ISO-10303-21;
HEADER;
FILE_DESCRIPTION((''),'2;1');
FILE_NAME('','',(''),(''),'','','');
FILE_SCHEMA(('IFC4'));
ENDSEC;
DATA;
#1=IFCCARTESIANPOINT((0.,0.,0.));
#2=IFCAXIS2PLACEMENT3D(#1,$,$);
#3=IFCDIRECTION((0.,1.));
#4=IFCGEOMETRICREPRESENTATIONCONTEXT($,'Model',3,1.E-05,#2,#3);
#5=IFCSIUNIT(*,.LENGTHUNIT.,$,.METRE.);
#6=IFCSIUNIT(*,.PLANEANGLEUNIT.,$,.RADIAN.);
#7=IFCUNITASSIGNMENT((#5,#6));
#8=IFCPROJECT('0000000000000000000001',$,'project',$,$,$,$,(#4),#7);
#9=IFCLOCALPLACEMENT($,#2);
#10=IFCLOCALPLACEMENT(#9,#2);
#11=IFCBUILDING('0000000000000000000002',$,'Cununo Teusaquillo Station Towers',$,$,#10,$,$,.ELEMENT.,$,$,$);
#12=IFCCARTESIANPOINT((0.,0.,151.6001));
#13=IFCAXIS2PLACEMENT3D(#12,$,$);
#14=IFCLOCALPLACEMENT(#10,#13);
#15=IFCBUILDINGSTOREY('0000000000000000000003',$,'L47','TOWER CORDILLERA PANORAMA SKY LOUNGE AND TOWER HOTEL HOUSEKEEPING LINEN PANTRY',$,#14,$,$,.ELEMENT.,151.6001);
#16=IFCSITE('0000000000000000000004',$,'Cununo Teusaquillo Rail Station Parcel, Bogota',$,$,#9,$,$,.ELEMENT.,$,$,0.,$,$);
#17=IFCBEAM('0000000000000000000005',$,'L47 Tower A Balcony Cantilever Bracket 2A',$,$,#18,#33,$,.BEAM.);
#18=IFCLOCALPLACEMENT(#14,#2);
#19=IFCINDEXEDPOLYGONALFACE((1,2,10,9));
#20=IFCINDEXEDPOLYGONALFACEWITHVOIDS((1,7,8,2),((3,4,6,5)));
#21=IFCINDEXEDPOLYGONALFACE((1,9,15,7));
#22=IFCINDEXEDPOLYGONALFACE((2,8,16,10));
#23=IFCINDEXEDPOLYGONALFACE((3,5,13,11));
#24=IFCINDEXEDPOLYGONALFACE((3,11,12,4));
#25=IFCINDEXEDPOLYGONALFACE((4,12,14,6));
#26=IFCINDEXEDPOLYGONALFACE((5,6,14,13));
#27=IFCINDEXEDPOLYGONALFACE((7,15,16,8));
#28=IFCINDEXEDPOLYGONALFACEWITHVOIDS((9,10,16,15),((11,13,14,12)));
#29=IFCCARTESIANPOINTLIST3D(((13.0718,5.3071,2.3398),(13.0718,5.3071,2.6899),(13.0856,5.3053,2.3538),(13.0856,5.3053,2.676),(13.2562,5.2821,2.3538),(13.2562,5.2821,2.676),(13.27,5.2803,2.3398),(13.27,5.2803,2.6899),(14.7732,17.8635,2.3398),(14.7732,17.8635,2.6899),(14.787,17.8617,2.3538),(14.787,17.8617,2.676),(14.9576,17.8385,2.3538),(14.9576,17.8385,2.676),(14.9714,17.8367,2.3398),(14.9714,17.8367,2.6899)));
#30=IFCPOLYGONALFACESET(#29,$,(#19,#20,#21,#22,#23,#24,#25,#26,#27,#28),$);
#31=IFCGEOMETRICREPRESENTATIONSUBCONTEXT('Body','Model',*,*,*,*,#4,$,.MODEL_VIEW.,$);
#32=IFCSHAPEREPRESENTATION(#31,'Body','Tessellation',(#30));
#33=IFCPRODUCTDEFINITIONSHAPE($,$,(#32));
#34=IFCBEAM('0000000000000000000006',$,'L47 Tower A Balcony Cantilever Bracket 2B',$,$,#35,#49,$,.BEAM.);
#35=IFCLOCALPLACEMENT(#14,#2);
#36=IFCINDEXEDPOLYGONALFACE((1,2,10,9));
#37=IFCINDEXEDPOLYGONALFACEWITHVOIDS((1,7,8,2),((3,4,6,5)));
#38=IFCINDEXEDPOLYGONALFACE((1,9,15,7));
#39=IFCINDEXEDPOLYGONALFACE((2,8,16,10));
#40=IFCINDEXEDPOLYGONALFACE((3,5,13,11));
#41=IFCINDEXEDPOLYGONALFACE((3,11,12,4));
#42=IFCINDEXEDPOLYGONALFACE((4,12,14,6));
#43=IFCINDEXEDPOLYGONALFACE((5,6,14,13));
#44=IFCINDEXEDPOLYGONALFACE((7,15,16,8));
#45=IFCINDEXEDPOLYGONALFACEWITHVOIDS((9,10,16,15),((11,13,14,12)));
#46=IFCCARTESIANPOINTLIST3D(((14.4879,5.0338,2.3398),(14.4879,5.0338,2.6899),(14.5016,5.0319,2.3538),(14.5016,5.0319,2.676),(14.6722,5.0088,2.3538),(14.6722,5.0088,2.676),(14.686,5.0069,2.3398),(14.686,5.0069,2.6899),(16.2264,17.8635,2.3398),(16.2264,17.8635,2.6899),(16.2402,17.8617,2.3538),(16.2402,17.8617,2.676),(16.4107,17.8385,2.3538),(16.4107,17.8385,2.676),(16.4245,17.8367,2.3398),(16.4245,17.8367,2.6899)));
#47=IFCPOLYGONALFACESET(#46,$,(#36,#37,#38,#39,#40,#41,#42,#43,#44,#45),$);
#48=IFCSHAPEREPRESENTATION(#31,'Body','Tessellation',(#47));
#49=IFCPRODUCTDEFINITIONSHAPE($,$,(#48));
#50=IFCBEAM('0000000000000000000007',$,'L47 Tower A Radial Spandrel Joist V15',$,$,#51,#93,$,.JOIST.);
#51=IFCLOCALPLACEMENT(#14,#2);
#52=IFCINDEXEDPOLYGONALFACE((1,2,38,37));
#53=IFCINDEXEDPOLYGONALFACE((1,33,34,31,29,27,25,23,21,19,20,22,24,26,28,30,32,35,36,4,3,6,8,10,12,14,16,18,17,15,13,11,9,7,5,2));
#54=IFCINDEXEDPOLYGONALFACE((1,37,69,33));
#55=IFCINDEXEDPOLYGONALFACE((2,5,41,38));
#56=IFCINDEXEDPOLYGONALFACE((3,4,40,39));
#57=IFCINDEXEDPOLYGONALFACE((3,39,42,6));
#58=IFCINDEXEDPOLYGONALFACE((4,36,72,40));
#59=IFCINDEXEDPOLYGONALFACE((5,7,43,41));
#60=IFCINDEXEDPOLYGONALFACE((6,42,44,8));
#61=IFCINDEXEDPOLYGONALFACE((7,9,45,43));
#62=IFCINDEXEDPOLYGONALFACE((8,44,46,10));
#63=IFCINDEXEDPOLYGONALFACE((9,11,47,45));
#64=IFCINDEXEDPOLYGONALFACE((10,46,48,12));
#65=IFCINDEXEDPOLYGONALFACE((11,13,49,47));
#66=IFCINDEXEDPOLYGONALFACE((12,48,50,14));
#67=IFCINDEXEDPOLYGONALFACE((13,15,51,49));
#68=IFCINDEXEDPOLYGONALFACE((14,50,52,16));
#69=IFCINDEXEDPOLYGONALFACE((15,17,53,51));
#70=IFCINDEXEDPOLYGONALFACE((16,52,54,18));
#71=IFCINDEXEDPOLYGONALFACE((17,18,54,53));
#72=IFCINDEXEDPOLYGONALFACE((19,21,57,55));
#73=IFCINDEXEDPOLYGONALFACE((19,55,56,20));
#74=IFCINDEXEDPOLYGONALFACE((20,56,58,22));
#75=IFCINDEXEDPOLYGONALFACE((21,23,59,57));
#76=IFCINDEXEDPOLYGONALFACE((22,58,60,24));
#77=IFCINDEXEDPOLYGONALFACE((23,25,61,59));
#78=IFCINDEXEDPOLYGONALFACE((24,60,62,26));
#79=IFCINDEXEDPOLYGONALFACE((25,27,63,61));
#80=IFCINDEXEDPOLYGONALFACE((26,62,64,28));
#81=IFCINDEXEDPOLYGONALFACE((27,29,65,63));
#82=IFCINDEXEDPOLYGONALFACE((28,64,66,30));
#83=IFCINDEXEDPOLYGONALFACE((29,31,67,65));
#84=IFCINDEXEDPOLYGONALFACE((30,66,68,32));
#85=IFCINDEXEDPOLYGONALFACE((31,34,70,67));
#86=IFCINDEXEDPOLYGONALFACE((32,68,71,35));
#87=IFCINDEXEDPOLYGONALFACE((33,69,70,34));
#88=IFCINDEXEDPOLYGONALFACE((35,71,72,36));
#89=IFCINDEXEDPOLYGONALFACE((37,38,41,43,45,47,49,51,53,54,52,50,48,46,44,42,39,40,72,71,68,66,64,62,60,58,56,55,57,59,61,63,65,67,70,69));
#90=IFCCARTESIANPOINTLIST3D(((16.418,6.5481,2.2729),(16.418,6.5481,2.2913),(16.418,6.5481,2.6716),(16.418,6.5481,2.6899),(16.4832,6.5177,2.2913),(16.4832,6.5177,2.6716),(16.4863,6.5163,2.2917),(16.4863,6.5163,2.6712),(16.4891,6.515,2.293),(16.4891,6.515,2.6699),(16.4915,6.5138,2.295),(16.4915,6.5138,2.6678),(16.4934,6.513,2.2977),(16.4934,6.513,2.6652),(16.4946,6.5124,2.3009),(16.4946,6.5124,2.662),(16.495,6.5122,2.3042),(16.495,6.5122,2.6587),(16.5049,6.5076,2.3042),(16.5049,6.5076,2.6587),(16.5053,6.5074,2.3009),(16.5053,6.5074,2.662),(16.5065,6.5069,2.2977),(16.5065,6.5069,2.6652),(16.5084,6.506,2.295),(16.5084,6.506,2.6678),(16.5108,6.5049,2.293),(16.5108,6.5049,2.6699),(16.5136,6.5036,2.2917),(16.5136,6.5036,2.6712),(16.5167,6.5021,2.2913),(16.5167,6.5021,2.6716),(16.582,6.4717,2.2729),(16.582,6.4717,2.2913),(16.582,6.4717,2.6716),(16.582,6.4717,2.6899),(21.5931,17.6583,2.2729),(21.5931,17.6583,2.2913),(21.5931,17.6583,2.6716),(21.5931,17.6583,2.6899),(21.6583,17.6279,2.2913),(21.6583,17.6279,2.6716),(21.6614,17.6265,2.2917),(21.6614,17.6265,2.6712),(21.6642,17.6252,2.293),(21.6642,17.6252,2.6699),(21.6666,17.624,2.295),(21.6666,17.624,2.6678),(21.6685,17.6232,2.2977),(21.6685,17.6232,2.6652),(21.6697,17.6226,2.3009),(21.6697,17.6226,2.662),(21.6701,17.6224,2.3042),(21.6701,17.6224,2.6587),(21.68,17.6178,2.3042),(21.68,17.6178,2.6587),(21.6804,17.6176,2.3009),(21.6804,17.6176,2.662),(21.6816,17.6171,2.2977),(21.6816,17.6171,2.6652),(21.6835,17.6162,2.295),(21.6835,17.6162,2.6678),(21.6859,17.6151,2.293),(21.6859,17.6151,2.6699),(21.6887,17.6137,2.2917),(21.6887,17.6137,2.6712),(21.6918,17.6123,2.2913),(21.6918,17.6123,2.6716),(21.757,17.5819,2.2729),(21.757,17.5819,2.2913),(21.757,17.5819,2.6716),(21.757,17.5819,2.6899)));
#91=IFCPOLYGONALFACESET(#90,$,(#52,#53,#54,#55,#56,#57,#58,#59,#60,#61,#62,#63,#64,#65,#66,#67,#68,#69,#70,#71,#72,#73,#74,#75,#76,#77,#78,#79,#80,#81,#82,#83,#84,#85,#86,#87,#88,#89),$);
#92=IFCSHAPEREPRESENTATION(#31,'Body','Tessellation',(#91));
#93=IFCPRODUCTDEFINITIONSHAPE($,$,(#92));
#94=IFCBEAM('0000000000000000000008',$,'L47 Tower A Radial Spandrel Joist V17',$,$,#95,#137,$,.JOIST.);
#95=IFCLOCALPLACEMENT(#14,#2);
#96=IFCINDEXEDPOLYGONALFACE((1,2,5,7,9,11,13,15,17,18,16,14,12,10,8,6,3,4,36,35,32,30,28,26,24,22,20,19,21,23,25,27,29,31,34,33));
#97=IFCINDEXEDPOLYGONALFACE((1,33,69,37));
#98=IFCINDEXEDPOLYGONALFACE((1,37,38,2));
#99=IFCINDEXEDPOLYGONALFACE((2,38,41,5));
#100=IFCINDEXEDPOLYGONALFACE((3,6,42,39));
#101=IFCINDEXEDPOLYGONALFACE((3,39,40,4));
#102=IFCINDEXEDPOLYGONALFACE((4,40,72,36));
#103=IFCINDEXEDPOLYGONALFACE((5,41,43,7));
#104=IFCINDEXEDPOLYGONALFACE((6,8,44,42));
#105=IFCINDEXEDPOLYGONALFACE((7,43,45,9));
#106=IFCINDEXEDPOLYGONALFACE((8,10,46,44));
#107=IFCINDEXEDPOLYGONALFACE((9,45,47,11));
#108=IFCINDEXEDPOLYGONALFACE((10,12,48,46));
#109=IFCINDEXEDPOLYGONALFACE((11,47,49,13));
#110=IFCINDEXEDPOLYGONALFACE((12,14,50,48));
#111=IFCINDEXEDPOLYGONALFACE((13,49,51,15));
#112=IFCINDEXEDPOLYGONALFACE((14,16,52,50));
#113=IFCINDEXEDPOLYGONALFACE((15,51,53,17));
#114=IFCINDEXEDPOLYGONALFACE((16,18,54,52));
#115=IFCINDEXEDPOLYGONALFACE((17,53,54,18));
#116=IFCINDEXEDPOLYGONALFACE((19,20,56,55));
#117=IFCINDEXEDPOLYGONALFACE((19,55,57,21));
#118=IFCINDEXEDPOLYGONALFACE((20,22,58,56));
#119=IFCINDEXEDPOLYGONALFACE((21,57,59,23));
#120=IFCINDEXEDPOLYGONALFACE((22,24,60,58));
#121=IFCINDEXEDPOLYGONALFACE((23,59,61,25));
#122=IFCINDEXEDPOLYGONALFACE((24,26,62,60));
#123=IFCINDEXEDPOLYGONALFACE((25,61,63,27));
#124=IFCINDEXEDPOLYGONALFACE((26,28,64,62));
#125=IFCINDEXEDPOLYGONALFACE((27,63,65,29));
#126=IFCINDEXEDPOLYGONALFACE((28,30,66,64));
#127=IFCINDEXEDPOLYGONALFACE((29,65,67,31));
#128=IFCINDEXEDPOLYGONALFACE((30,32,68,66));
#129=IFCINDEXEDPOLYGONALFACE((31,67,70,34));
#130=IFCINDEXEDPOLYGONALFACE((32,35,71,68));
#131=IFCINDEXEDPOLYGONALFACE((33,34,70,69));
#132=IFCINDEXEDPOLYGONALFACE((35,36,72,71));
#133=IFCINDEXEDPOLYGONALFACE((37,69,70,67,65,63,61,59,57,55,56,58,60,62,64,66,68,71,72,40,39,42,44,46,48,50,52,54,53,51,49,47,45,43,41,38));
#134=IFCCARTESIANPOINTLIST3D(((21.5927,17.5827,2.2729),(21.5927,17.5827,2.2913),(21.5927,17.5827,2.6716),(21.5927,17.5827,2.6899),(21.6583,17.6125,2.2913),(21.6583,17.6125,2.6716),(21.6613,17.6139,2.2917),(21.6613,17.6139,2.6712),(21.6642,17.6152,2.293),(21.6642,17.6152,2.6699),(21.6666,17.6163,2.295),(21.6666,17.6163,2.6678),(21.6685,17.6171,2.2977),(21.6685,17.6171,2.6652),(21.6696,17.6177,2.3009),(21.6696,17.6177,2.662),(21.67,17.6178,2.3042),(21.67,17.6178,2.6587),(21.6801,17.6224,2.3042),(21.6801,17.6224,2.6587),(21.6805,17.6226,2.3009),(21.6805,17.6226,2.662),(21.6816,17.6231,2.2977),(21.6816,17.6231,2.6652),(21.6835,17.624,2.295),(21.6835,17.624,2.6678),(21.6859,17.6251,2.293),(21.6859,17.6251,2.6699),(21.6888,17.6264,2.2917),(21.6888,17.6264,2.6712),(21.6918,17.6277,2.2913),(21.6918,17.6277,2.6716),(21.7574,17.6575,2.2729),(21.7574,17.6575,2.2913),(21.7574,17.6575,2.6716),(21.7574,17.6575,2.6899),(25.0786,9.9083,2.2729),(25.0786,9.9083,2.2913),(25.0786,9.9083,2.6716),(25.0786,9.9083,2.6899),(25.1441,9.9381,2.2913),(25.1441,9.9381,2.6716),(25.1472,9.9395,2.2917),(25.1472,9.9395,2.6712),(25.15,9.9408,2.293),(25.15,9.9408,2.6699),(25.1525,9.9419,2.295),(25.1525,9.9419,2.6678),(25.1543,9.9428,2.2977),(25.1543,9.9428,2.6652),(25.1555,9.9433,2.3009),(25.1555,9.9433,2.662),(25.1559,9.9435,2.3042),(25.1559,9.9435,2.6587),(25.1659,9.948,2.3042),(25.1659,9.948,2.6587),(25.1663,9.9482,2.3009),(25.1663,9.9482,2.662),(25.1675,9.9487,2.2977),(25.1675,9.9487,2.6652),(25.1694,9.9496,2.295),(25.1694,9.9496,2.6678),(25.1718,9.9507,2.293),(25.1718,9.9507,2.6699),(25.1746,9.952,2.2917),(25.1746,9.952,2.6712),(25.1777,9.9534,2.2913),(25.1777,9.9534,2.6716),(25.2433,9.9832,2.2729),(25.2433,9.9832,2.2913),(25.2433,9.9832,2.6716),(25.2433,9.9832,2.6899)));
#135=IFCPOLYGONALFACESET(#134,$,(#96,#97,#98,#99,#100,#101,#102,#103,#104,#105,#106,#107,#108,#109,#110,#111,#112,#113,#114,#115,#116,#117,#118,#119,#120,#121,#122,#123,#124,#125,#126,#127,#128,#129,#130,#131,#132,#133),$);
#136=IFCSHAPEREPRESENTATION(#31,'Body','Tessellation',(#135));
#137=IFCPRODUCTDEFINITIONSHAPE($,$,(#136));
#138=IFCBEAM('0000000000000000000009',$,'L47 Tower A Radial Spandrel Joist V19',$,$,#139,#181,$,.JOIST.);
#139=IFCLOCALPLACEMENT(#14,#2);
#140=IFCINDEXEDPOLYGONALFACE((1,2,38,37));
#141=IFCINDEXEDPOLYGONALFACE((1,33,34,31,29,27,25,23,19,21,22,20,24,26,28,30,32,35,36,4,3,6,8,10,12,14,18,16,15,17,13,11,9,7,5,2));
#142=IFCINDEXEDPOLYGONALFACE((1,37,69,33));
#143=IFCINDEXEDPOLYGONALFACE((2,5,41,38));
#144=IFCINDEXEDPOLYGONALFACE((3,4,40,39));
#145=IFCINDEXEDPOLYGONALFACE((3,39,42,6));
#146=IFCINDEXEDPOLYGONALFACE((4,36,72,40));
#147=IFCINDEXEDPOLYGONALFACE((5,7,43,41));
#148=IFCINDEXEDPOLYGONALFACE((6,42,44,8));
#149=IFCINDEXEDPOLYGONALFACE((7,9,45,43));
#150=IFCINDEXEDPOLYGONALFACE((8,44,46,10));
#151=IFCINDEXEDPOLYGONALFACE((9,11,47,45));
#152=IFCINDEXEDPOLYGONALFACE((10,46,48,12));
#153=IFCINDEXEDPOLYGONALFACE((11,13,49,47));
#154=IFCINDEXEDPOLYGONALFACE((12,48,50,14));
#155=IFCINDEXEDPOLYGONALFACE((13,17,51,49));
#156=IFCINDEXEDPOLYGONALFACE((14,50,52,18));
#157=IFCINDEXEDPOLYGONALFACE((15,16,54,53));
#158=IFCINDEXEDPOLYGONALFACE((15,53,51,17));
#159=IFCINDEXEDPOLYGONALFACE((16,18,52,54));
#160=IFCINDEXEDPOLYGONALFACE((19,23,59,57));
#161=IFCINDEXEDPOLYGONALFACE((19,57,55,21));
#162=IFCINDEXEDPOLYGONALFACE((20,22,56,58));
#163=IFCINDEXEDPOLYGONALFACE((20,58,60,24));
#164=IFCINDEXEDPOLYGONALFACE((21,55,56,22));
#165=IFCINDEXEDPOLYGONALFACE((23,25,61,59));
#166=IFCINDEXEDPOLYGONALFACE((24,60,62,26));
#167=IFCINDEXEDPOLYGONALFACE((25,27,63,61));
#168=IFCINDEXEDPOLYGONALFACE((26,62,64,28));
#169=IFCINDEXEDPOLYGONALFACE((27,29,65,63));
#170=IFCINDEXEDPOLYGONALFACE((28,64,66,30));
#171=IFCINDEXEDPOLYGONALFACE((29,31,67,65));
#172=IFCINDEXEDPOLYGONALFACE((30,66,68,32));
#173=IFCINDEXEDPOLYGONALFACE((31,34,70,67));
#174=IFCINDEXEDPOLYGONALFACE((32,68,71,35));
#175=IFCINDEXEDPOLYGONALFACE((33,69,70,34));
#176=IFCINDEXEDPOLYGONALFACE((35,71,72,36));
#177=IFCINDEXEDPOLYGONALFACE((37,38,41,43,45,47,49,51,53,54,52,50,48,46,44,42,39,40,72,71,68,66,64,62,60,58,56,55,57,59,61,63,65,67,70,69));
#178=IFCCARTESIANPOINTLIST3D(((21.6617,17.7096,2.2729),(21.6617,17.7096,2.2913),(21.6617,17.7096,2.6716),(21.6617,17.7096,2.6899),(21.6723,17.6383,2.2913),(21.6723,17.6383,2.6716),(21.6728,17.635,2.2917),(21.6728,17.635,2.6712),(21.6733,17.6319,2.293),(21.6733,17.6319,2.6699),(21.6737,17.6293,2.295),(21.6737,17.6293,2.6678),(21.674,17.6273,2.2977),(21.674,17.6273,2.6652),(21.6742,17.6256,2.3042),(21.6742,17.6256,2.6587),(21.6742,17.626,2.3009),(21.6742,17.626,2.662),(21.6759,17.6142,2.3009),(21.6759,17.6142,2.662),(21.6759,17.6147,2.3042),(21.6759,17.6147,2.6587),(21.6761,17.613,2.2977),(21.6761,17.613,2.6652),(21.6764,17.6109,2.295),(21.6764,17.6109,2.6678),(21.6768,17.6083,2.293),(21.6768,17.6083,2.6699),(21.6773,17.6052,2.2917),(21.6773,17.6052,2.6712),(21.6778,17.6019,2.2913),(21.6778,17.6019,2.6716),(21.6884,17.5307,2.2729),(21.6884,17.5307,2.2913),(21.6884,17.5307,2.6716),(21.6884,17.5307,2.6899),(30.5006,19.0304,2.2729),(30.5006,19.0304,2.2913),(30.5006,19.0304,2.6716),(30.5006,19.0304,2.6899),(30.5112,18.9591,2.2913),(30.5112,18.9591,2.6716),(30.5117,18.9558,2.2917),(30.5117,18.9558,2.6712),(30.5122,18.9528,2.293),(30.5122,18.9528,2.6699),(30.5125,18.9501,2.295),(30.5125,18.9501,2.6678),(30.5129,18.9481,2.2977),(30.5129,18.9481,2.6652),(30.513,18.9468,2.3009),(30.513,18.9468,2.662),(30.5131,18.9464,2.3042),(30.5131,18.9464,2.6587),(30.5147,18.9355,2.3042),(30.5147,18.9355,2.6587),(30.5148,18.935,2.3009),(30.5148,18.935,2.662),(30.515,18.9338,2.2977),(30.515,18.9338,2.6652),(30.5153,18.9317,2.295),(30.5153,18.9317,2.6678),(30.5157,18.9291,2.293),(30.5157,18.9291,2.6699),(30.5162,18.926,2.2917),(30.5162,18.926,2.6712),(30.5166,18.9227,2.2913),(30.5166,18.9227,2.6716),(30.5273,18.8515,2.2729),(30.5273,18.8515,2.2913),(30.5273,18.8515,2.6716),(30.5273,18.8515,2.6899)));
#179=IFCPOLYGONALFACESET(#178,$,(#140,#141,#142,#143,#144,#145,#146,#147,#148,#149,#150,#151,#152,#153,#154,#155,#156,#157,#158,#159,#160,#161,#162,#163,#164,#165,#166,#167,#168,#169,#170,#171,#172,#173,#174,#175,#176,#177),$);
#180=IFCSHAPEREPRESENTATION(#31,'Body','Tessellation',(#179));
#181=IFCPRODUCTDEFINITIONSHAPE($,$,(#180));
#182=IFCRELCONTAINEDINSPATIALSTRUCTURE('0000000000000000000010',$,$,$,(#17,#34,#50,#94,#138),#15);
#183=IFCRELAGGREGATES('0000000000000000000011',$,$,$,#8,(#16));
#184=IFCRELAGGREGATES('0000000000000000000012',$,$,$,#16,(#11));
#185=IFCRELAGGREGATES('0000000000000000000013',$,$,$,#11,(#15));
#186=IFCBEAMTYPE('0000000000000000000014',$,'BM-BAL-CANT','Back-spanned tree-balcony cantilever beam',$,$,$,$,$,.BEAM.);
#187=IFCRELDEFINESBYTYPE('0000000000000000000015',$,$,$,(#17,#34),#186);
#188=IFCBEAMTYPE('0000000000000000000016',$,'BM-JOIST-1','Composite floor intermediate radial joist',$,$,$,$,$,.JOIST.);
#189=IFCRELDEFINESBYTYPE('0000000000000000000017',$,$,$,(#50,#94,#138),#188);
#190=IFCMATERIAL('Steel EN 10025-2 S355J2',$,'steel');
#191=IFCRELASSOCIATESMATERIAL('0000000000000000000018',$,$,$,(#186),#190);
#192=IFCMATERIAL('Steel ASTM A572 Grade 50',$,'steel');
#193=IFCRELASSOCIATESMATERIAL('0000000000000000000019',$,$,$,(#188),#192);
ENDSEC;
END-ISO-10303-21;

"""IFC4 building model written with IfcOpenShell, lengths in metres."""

from ifc_helpers import new_model, si_unit, direction, frame, origin, origin_2d, place, context, subcontext, project, spatial, hollow_rectangle, i_section, extrude, material, material_profile, profile_set, type_object, element, save


model = new_model("IFC4")

# Units and contexts
model_context = context("Model", 3, precision=1e-05, world=origin(), true_north=direction((0.0, 1.0)))
body_context = subcontext(model_context, "Body", "Model", "MODEL_VIEW")
ifc_project = project(units=[si_unit("LENGTHUNIT", "METRE"), si_unit("PLANEANGLEUNIT", "RADIAN")], contexts=[model_context])

# Site, building, storey
site_placement = place(None, origin())
site = spatial("IfcSite", under=ifc_project, at=site_placement, Name="Cununo Teusaquillo Rail Station Parcel, Bogota", CompositionType="ELEMENT", RefElevation=0.0)
building_placement = place(site_placement, origin())
building = spatial("IfcBuilding", under=site, at=building_placement, Name="Cununo Teusaquillo Station Towers", CompositionType="ELEMENT")
storey_placement = place(building_placement, frame((0.0, 0.0, 151.6001)))
storey = spatial("IfcBuildingStorey", under=building, at=storey_placement, Name="L47", Description="TOWER CORDILLERA PANORAMA SKY LOUNGE AND TOWER HOTEL HOUSEKEEPING LINEN PANTRY", CompositionType="ELEMENT", Elevation=151.6001)

# Beams
ifc_material_1 = material(Name="Steel EN 10025-2 S355J2", Category="steel")
ifc_material_profile_1 = material_profile(ifc_material_1, hollow_rectangle(XDim=0.2, YDim=0.3501, WallThickness=0.0139, at=origin_2d()), Name="RHS 350x200x14")
ifc_profile_set_1 = profile_set([ifc_material_profile_1], Name="Steel EN 10025-2 S355J2")
beam_type_1 = type_object("IfcBeamType", Name="BM-BAL-CANT", Description="Back-spanned tree-balcony cantilever beam", PredefinedType="BEAM", material=ifc_profile_set_1)
beam_1_placement = place(storey_placement, frame((14.8723, 17.8501, 2.5149), z_axis=(-0.134275, -0.990944, 0.0), x_axis=(0.990944, -0.134275, 0.0)))
element("IfcBeam", 1, at=beam_1_placement, inside=storey, type_object=beam_type_1, Name="L47 Tower A Balcony Cantilever Bracket 2A", PredefinedType="BEAM", context=body_context, shape_type="SweptSolid", body=[
    extrude(hollow_rectangle(XDim=0.2, YDim=0.3501, WallThickness=0.0139, at=origin_2d()), origin(), (0.0, 0.0, 1.0), 12.6711),
])
beam_2_placement = place(storey_placement, frame((16.3254, 17.8501, 2.5149), z_axis=(-0.134279, -0.990944, 0.0), x_axis=(0.990944, -0.134279, 0.0)))
element("IfcBeam", 2, at=beam_2_placement, inside=storey, type_object=beam_type_1, Name="L47 Tower A Balcony Cantilever Bracket 2B", PredefinedType="BEAM", context=body_context, shape_type="SweptSolid", body=[
    extrude(hollow_rectangle(XDim=0.2, YDim=0.3501, WallThickness=0.0139, at=origin_2d()), origin(), (0.0, 0.0, 1.0), 12.947),
])
ifc_material_2 = material(Name="Steel ASTM A572 Grade 50", Category="steel")
ifc_material_profile_2 = material_profile(ifc_material_2, i_section(OverallWidth=0.1809, OverallDepth=0.417, WebThickness=0.011, FlangeThickness=0.0183, FilletRadius=0.0129, at=origin_2d()), Name="W16X57")
ifc_profile_set_2 = profile_set([ifc_material_profile_2], Name="Steel ASTM A572 Grade 50")
beam_type_2 = type_object("IfcBeamType", Name="BM-JOIST-1", Description="Composite floor intermediate radial joist", PredefinedType="JOIST", material=ifc_profile_set_2)
beam_3_placement = place(storey_placement, frame((21.675, 17.6201, 2.4814), z_axis=(-0.422238, -0.906485, 0.0), x_axis=(0.906485, -0.422238, 0.0)))
element("IfcBeam", 3, at=beam_3_placement, inside=storey, type_object=beam_type_2, Name="L47 Tower A Radial Spandrel Joist V15", PredefinedType="JOIST", context=body_context, shape_type="SweptSolid", body=[
    extrude(i_section(OverallWidth=0.1809, OverallDepth=0.417, WebThickness=0.011, FlangeThickness=0.0183, FilletRadius=0.0129, at=origin_2d()), origin(), (0.0, 0.0, 1.0), 12.2563),
])
beam_4_placement = place(storey_placement, frame((21.675, 17.6201, 2.4814), z_axis=(0.413559, -0.910478, 0.0), x_axis=(0.910478, 0.413559, 0.0)))
element("IfcBeam", 4, at=beam_4_placement, inside=storey, type_object=beam_type_2, Name="L47 Tower A Radial Spandrel Joist V17", PredefinedType="JOIST", context=body_context, shape_type="SweptSolid", body=[
    extrude(i_section(OverallWidth=0.1809, OverallDepth=0.417, WebThickness=0.011, FlangeThickness=0.0183, FilletRadius=0.0129, at=origin_2d()), origin(), (0.0, 0.0, 1.0), 8.429),
])
beam_5_placement = place(storey_placement, frame((21.675, 17.6201, 2.4814), z_axis=(0.989019, 0.14779, 0.0), x_axis=(-0.14779, 0.989019, 0.0)))
element("IfcBeam", 5, at=beam_5_placement, inside=storey, type_object=beam_type_2, Name="L47 Tower A Radial Spandrel Joist V19", PredefinedType="JOIST", context=body_context, shape_type="SweptSolid", body=[
    extrude(i_section(OverallWidth=0.1809, OverallDepth=0.417, WebThickness=0.011, FlangeThickness=0.0183, FilletRadius=0.0129, at=origin_2d()), origin(), (0.0, 0.0, 1.0), 8.937),
])

save(model, "model.ifc")
